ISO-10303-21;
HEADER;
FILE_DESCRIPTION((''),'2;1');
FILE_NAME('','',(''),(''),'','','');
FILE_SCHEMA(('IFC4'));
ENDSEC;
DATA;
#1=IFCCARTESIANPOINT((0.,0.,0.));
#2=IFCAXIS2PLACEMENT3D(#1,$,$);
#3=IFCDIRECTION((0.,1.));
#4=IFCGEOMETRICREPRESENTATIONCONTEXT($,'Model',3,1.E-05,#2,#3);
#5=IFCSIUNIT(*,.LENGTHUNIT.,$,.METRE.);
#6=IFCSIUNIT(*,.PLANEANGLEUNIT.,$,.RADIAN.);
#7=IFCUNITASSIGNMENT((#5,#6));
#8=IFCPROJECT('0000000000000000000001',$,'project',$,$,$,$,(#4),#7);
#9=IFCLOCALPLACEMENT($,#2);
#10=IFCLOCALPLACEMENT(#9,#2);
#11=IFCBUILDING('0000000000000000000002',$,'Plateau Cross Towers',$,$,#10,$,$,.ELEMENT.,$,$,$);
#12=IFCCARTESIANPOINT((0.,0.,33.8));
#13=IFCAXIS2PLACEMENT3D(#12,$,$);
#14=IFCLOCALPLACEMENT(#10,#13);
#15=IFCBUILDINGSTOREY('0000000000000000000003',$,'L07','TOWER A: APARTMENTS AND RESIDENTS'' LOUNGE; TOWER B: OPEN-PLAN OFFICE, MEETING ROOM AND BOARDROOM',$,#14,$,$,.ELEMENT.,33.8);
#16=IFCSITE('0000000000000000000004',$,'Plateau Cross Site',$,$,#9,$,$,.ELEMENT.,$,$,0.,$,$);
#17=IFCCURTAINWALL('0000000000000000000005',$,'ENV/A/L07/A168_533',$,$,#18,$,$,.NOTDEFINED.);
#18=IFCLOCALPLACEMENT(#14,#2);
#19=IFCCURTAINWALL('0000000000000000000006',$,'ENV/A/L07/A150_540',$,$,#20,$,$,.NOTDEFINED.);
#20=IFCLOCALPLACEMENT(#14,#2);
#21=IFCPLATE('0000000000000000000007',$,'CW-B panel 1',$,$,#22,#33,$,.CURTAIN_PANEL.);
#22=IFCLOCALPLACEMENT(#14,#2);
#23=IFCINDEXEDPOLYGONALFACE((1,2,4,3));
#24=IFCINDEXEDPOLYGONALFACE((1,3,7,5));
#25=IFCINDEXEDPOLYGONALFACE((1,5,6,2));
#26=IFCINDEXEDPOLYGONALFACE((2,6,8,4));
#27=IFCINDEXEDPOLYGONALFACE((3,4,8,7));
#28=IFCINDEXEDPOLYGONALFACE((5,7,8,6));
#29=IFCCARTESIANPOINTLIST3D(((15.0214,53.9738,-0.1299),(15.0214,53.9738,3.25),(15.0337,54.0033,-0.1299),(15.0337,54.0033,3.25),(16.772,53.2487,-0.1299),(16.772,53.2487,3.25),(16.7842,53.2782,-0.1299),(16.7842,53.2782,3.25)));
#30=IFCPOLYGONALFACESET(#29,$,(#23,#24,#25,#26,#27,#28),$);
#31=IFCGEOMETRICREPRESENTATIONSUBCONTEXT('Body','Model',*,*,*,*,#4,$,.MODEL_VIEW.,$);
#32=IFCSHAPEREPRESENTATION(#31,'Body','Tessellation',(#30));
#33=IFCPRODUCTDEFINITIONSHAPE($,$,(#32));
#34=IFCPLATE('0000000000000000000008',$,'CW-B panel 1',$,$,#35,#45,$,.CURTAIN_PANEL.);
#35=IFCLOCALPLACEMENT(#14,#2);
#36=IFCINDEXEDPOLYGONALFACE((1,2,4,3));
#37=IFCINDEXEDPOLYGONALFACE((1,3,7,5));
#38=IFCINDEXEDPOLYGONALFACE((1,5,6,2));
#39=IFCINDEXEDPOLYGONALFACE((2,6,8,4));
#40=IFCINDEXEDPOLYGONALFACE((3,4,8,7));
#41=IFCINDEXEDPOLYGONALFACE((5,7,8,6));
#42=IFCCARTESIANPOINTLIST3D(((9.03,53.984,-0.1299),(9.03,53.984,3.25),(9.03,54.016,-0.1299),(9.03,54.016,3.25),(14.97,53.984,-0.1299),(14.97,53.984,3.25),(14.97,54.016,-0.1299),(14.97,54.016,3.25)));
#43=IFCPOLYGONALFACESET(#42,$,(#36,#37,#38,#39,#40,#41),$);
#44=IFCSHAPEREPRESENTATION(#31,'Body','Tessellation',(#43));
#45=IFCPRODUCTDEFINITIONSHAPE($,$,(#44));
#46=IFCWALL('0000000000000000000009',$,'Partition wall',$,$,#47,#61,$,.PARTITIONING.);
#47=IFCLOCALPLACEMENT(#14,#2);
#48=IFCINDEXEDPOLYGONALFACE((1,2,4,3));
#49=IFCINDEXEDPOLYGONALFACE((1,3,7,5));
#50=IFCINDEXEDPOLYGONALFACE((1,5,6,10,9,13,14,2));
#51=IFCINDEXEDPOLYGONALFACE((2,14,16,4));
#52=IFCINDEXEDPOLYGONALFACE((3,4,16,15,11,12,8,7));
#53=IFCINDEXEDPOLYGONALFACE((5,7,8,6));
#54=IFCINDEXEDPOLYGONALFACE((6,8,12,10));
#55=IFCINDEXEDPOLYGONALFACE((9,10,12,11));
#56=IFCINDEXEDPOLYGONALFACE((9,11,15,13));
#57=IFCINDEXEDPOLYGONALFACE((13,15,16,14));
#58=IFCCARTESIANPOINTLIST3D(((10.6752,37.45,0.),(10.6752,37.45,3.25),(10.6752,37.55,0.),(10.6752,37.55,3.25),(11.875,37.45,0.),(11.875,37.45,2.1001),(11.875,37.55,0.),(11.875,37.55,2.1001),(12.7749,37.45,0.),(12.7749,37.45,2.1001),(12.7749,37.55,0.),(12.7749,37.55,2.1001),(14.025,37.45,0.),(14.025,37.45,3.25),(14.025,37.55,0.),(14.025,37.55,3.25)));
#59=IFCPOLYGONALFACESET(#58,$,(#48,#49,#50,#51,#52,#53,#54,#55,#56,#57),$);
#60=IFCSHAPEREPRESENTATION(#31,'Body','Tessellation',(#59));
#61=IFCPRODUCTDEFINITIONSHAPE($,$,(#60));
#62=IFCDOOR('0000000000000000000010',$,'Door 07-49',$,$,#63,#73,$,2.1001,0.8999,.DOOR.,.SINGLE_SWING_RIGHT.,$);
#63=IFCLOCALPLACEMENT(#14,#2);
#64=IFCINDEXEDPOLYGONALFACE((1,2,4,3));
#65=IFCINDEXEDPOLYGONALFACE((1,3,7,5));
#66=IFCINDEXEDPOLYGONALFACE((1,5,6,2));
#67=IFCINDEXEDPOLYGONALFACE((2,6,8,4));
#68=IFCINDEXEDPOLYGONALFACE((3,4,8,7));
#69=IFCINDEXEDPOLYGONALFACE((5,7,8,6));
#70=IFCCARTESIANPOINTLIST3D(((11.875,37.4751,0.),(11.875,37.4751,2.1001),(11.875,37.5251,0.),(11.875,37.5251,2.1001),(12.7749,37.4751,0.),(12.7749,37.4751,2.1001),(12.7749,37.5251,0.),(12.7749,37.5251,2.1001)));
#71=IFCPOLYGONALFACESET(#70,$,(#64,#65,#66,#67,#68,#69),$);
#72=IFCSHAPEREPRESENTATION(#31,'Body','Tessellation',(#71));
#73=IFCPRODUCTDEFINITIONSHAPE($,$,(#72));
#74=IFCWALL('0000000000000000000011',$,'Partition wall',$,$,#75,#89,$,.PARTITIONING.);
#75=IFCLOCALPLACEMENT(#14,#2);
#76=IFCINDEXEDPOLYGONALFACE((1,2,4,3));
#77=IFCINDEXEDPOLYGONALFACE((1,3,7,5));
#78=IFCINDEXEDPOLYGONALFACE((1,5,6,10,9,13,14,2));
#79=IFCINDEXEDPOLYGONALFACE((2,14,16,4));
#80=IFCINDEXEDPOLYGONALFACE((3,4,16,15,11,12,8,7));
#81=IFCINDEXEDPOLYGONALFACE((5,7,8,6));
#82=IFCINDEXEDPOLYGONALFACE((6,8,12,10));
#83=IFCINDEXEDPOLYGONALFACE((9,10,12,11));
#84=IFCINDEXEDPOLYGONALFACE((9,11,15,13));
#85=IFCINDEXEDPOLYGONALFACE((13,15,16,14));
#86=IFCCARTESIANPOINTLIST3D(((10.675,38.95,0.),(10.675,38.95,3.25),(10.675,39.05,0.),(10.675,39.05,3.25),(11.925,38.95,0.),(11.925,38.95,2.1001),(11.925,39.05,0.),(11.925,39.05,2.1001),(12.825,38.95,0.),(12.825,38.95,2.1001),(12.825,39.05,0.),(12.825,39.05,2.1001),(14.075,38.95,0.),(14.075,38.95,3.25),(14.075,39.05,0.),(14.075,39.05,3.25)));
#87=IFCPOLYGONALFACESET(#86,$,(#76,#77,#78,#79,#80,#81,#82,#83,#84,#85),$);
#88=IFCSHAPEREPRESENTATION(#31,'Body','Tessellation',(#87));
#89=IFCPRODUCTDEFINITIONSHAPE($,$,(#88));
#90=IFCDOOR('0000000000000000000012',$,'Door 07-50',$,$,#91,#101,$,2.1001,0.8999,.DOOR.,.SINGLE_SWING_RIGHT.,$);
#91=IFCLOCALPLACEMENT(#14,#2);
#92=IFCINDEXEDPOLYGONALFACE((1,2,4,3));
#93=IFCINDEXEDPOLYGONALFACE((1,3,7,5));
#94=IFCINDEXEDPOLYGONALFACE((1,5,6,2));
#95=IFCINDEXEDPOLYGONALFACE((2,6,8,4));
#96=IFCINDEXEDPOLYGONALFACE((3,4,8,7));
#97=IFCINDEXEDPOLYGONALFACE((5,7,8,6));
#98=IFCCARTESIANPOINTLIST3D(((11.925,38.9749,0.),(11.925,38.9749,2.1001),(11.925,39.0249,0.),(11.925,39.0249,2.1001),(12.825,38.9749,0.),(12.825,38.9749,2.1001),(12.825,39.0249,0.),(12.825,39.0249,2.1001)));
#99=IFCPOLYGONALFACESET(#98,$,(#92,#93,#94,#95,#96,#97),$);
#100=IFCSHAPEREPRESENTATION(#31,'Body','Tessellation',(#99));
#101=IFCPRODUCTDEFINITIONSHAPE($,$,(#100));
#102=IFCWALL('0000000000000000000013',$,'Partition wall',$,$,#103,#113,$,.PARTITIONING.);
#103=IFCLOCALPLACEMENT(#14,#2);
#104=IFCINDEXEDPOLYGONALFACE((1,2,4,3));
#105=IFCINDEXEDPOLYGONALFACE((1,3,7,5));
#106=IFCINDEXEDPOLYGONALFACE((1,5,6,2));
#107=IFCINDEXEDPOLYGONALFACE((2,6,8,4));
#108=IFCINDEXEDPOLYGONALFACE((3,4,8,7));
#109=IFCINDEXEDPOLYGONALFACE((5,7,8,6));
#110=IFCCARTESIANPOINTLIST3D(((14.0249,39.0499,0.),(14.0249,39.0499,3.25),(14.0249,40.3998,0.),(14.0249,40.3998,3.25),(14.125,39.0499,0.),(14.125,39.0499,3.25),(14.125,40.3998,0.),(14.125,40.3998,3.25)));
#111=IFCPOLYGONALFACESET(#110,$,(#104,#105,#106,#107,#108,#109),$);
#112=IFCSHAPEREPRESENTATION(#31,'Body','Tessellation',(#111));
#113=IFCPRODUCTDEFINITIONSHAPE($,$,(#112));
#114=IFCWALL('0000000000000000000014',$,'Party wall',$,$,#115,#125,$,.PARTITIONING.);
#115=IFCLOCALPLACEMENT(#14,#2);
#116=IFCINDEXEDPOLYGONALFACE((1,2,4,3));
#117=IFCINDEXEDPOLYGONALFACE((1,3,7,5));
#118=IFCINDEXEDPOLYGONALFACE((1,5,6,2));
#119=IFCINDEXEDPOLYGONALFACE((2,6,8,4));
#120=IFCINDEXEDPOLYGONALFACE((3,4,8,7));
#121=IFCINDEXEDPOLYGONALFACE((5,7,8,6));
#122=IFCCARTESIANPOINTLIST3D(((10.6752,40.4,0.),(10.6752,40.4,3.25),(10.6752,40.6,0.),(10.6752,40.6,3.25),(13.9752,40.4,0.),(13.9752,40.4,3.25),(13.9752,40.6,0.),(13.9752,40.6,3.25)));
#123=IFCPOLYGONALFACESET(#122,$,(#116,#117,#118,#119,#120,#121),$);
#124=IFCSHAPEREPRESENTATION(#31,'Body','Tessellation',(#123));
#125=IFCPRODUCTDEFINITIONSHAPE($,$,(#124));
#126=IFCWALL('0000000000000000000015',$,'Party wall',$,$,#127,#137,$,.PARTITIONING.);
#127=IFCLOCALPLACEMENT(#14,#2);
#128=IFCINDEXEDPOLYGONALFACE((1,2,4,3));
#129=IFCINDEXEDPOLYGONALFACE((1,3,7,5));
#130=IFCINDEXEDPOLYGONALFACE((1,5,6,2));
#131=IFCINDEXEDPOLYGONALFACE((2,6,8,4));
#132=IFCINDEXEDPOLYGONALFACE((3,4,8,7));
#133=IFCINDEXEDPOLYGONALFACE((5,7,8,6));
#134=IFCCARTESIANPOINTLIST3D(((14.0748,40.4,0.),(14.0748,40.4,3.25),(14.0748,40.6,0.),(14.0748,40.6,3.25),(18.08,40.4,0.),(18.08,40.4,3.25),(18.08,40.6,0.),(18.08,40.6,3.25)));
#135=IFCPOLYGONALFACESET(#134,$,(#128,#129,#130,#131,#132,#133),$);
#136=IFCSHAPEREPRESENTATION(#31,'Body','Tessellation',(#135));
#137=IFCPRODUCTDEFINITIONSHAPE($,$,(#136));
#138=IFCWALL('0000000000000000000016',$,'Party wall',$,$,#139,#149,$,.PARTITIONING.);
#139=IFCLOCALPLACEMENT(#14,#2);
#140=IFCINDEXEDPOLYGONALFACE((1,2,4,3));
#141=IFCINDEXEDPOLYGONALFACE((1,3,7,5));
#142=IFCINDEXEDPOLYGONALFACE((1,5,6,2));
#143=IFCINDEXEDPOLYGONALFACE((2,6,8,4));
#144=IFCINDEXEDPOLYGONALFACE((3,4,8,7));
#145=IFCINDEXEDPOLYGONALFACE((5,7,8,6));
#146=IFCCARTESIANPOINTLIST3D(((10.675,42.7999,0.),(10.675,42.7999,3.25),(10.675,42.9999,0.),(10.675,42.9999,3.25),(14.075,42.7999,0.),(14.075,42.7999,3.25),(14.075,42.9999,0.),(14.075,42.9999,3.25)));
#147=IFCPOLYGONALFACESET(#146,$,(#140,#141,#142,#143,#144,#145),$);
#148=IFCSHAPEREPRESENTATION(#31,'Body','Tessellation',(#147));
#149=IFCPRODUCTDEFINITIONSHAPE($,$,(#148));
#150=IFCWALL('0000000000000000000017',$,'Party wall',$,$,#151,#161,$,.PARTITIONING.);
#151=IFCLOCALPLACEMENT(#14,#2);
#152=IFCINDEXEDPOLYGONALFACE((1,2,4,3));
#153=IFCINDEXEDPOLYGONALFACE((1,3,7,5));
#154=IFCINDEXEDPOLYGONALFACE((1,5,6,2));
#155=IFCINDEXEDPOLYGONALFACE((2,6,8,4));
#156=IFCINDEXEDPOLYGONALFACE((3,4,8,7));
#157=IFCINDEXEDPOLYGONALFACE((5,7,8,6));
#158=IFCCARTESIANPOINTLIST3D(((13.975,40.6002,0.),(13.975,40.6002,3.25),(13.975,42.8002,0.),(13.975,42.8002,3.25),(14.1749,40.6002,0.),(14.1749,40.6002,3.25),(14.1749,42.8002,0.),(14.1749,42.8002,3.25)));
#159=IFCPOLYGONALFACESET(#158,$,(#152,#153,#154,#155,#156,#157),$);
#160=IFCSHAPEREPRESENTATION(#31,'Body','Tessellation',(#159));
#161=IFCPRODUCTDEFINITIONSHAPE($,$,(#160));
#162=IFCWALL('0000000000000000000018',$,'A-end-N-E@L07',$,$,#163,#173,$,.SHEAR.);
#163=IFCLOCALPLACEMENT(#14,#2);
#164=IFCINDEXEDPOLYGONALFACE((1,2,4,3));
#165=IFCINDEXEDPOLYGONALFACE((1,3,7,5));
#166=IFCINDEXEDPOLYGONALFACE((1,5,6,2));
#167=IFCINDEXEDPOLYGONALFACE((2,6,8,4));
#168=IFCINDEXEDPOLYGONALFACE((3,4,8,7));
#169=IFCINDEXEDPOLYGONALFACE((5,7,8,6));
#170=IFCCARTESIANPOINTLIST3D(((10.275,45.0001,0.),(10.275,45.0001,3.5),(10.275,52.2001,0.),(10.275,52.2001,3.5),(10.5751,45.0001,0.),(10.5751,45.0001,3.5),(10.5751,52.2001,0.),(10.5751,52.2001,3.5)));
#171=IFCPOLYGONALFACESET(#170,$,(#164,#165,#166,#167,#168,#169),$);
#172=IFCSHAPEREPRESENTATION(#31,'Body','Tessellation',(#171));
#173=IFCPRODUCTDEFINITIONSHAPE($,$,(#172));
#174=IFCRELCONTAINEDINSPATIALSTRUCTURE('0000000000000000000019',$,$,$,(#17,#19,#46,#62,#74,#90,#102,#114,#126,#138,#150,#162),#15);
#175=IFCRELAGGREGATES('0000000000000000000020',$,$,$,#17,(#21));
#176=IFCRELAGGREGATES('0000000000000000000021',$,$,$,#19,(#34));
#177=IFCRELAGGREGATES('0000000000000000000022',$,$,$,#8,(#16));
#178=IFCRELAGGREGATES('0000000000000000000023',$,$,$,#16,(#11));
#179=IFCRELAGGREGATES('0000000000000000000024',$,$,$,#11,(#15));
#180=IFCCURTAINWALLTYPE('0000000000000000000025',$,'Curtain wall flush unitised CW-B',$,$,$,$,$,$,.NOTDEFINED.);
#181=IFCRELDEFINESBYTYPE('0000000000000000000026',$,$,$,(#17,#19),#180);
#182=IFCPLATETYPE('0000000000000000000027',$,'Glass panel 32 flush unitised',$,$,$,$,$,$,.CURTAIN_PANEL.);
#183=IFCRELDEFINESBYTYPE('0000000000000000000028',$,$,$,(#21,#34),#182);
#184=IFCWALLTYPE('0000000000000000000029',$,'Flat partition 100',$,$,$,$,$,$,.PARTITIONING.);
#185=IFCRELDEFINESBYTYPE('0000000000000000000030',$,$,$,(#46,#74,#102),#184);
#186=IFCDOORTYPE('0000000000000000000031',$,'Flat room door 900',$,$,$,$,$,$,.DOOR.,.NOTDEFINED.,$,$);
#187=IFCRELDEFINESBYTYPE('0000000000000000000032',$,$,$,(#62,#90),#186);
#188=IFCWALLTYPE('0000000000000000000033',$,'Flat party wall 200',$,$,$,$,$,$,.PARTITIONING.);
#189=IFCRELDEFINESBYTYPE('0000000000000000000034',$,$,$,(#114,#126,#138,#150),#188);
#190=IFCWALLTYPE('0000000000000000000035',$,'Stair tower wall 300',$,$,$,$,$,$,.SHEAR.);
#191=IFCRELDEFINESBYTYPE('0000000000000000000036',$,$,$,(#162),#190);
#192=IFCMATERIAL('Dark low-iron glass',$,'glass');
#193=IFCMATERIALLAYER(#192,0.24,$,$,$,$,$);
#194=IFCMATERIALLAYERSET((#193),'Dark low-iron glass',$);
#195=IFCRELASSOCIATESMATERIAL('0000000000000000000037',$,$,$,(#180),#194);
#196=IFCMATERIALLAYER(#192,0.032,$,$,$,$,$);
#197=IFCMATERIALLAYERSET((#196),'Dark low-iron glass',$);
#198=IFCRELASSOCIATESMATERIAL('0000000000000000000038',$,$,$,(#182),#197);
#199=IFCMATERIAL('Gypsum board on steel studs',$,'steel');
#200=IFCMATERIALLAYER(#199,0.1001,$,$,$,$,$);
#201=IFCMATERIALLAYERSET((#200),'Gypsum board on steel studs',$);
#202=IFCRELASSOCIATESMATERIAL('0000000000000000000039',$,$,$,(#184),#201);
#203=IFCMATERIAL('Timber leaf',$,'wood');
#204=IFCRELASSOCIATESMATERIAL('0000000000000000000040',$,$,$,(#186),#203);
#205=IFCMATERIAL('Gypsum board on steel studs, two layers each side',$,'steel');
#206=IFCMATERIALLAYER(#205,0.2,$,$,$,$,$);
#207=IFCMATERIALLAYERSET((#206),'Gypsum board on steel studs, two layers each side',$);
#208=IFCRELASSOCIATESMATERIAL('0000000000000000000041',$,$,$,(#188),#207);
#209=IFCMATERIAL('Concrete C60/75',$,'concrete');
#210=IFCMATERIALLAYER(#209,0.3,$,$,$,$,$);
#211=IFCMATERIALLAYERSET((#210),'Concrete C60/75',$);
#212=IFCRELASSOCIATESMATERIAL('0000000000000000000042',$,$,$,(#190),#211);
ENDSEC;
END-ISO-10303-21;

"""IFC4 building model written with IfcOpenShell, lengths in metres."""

from ifc_helpers import new_model, si_unit, direction, frame, frame_2d, origin, origin_2d, place, context, subcontext, project, spatial, rectangle, extrude, material, layer, layer_set, type_object, element, fill, aggregate, save


model = new_model("IFC4")

# Units and contexts
model_context = context("Model", 3, precision=1e-05, world=origin(), true_north=direction((0.0, 1.0)))
body_context = subcontext(model_context, "Body", "Model", "MODEL_VIEW")
ifc_project = project(units=[si_unit("LENGTHUNIT", "METRE"), si_unit("PLANEANGLEUNIT", "RADIAN")], contexts=[model_context])

# Site, building, storey
site_placement = place(None, origin())
site = spatial("IfcSite", under=ifc_project, at=site_placement, Name="Plateau Cross Site", CompositionType="ELEMENT", RefElevation=0.0)
building_placement = place(site_placement, origin())
building = spatial("IfcBuilding", under=site, at=building_placement, Name="Plateau Cross Towers", CompositionType="ELEMENT")
storey_placement = place(building_placement, frame((0.0, 0.0, 33.8)))
storey = spatial("IfcBuildingStorey", under=building, at=storey_placement, Name="L07", Description="TOWER A: APARTMENTS AND RESIDENTS' LOUNGE; TOWER B: OPEN-PLAN OFFICE, MEETING ROOM AND BOARDROOM", CompositionType="ELEMENT", Elevation=33.8)

# Shared definitions
ifc_material_1 = material(Name="Concrete C60/75", Category="concrete")

# Shared definitions
ifc_material_2 = material(Name="Dark low-iron glass", Category="glass")
ifc_layer_1 = layer(ifc_material_2, 0.24)
ifc_layer_set_1 = layer_set([ifc_layer_1], Name="Dark low-iron glass")
curtain_wall_type = type_object("IfcCurtainWallType", Name="Curtain wall flush unitised CW-B", PredefinedType="NOTDEFINED", material=ifc_layer_set_1)

# Curtain wall
curtain_wall_1_placement = place(storey_placement, origin())
curtain_wall_1 = element("IfcCurtainWall", 1, at=curtain_wall_1_placement, inside=storey, type_object=curtain_wall_type, Name="ENV/A/L07/A168_533", PredefinedType="NOTDEFINED")

# Curtain wall
curtain_wall_2_placement = place(storey_placement, origin())
curtain_wall_2 = element("IfcCurtainWall", 2, at=curtain_wall_2_placement, inside=storey, type_object=curtain_wall_type, Name="ENV/A/L07/A150_540", PredefinedType="NOTDEFINED")

# Plates
ifc_layer_2 = layer(ifc_material_2, 0.032)
ifc_layer_set_2 = layer_set([ifc_layer_2], Name="Dark low-iron glass")
plate_type = type_object("IfcPlateType", Name="Glass panel 32 flush unitised", PredefinedType="CURTAIN_PANEL", material=ifc_layer_set_2)
plate_1_placement = place(storey_placement, frame((15.9028, 53.626, -0.1299), z_axis=(0.0, 0.0, 1.0), x_axis=(-0.923879, 0.382684, 0.0)))
plate_1 = element("IfcPlate", 3, at=plate_1_placement, type_object=plate_type, Name="CW-B panel 1", PredefinedType="CURTAIN_PANEL", context=body_context, shape_type="SweptSolid", body=[
    extrude(rectangle(XDim=1.8948, YDim=0.032, at=origin_2d()), origin(), (0.0, 0.0, 1.0), 3.3799),
])
aggregate(curtain_wall_1, [plate_1])
plate_2_placement = place(storey_placement, frame((12.0, 54.0, -0.1299), z_axis=(0.0, 0.0, 1.0), x_axis=(-1.0, 0.0, 0.0)))
plate_2 = element("IfcPlate", 4, at=plate_2_placement, type_object=plate_type, Name="CW-B panel 1", PredefinedType="CURTAIN_PANEL", context=body_context, shape_type="SweptSolid", body=[
    extrude(rectangle(XDim=5.9399, YDim=0.032, at=origin_2d()), origin(), (0.0, 0.0, 1.0), 3.3799),
])
aggregate(curtain_wall_2, [plate_2])

# Walls, openings, doors
ifc_material_3 = material(Name="Gypsum board on steel studs", Category="steel")
ifc_layer_3 = layer(ifc_material_3, 0.1001)
ifc_layer_set_3 = layer_set([ifc_layer_3], Name="Gypsum board on steel studs")
wall_type_1 = type_object("IfcWallType", Name="Flat partition 100", PredefinedType="PARTITIONING", material=ifc_layer_set_3)
wall_1_placement = place(storey_placement, frame((14.0249, 37.5, 0.0), z_axis=(0.0, 0.0, 1.0), x_axis=(-1.0, 0.0, 0.0)))
wall_1 = element("IfcWall", 5, at=wall_1_placement, inside=storey, type_object=wall_type_1, Name="Partition wall", PredefinedType="PARTITIONING", context=body_context, shape_type="SweptSolid", body=[
    extrude(rectangle(XDim=3.3499, YDim=0.1001, at=frame_2d((1.6748, 0.0))), origin(), (0.0, 0.0, 1.0), 3.25),
])
opening_1_placement = place(wall_1_placement, frame((1.25, 0.0, 0.0)))
opening_1 = element("IfcOpeningElement", 6, at=opening_1_placement, cuts=wall_1, PredefinedType="OPENING", context=body_context, shape_type="SweptSolid", body=[
    extrude(rectangle(XDim=0.8999, YDim=2.1001, at=frame_2d((0.45, 1.05))), frame((0.0, 0.0601, 0.0), z_axis=(0.0, -1.0, 0.0), x_axis=(1.0, 0.0, 0.0)), (0.0, 0.0, 1.0), 0.1201),
])
ifc_material_4 = material(Name="Timber leaf", Category="wood")
door_type = type_object("IfcDoorType", Name="Flat room door 900", OperationType="NOTDEFINED", PredefinedType="DOOR", material=ifc_material_4)
door_1_placement = place(opening_1_placement, origin())
door_1 = element("IfcDoor", 7, at=door_1_placement, inside=storey, type_object=door_type, Name="Door 07-49", OperationType="SINGLE_SWING_RIGHT", OverallHeight=2.1001, OverallWidth=0.8999, PredefinedType="DOOR", context=body_context, shape_type="SweptSolid", body=[
    extrude(rectangle(XDim=0.8999, YDim=2.1001, at=frame_2d((0.45, 1.05))), frame((0.0, 0.0249, 0.0), z_axis=(0.0, -1.0, 0.0), x_axis=(1.0, 0.0, 0.0)), (0.0, 0.0, 1.0), 0.05),
])
fill(opening_1, door_1)
wall_2_placement = place(storey_placement, frame((10.675, 39.0, 0.0), z_axis=(0.0, 0.0, 1.0), x_axis=(1.0, 0.0, 0.0)))
wall_2 = element("IfcWall", 8, at=wall_2_placement, inside=storey, type_object=wall_type_1, Name="Partition wall", PredefinedType="PARTITIONING", context=body_context, shape_type="SweptSolid", body=[
    extrude(rectangle(XDim=3.3999, YDim=0.1001, at=frame_2d((1.7, 0.0))), origin(), (0.0, 0.0, 1.0), 3.25),
])
opening_2_placement = place(wall_2_placement, frame((1.25, 0.0, 0.0)))
opening_2 = element("IfcOpeningElement", 9, at=opening_2_placement, cuts=wall_2, PredefinedType="OPENING", context=body_context, shape_type="SweptSolid", body=[
    extrude(rectangle(XDim=0.8999, YDim=2.1001, at=frame_2d((0.45, 1.05))), frame((0.0, 0.0601, 0.0), z_axis=(0.0, -1.0, 0.0), x_axis=(1.0, 0.0, 0.0)), (0.0, 0.0, 1.0), 0.1201),
])
door_2_placement = place(opening_2_placement, origin())
door_2 = element("IfcDoor", 10, at=door_2_placement, inside=storey, type_object=door_type, Name="Door 07-50", OperationType="SINGLE_SWING_RIGHT", OverallHeight=2.1001, OverallWidth=0.8999, PredefinedType="DOOR", context=body_context, shape_type="SweptSolid", body=[
    extrude(rectangle(XDim=0.8999, YDim=2.1001, at=frame_2d((0.45, 1.05))), frame((0.0, 0.0249, 0.0), z_axis=(0.0, -1.0, 0.0), x_axis=(1.0, 0.0, 0.0)), (0.0, 0.0, 1.0), 0.05),
])
fill(opening_2, door_2)

# Walls
wall_3_placement = place(storey_placement, frame((14.075, 39.05, 0.0), z_axis=(0.0, 0.0, 1.0), x_axis=(0.0, 1.0, 0.0)))
element("IfcWall", 11, at=wall_3_placement, inside=storey, type_object=wall_type_1, Name="Partition wall", PredefinedType="PARTITIONING", context=body_context, shape_type="SweptSolid", body=[
    extrude(rectangle(XDim=1.3499, YDim=0.1001, at=frame_2d((0.6748, 0.0))), origin(), (0.0, 0.0, 1.0), 3.25),
])
ifc_material_5 = material(Name="Gypsum board on steel studs, two layers each side", Category="steel")
ifc_layer_4 = layer(ifc_material_5, 0.2)
ifc_layer_set_4 = layer_set([ifc_layer_4], Name="Gypsum board on steel studs, two layers each side")
wall_type_2 = type_object("IfcWallType", Name="Flat party wall 200", PredefinedType="PARTITIONING", material=ifc_layer_set_4)
wall_4_placement = place(storey_placement, frame((13.9751, 40.5, 0.0), z_axis=(0.0, 0.0, 1.0), x_axis=(-1.0, 0.0, 0.0)))
element("IfcWall", 12, at=wall_4_placement, inside=storey, type_object=wall_type_2, Name="Party wall", PredefinedType="PARTITIONING", context=body_context, shape_type="SweptSolid", body=[
    extrude(rectangle(XDim=3.3, YDim=0.2, at=frame_2d((1.6499, 0.0))), origin(), (0.0, 0.0, 1.0), 3.25),
])
wall_5_placement = place(storey_placement, frame((14.075, 40.5, 0.0), z_axis=(0.0, 0.0, 1.0), x_axis=(1.0, 0.0, 0.0)))
element("IfcWall", 13, at=wall_5_placement, inside=storey, type_object=wall_type_2, Name="Party wall", PredefinedType="PARTITIONING", context=body_context, shape_type="SweptSolid", body=[
    extrude(rectangle(XDim=4.0051, YDim=0.2, at=frame_2d((2.0024, 0.0))), origin(), (0.0, 0.0, 1.0), 3.25),
])
wall_6_placement = place(storey_placement, frame((14.075, 42.8999, 0.0), z_axis=(0.0, 0.0, 1.0), x_axis=(-1.0, 0.0, 0.0)))
element("IfcWall", 14, at=wall_6_placement, inside=storey, type_object=wall_type_2, Name="Party wall", PredefinedType="PARTITIONING", context=body_context, shape_type="SweptSolid", body=[
    extrude(rectangle(XDim=3.3999, YDim=0.2, at=frame_2d((1.7, 0.0))), origin(), (0.0, 0.0, 1.0), 3.25),
])
wall_7_placement = place(storey_placement, frame((14.075, 40.6001, 0.0), z_axis=(0.0, 0.0, 1.0), x_axis=(0.0, 1.0, 0.0)))
element("IfcWall", 15, at=wall_7_placement, inside=storey, type_object=wall_type_2, Name="Party wall", PredefinedType="PARTITIONING", context=body_context, shape_type="SweptSolid", body=[
    extrude(rectangle(XDim=2.2, YDim=0.2, at=frame_2d((1.1001, 0.0))), origin(), (0.0, 0.0, 1.0), 3.25),
])
ifc_layer_5 = layer(ifc_material_1, 0.3)
ifc_layer_set_5 = layer_set([ifc_layer_5], Name="Concrete C60/75")
wall_type_3 = type_object("IfcWallType", Name="Stair tower wall 300", PredefinedType="SHEAR", material=ifc_layer_set_5)
wall_8_placement = place(storey_placement, frame((10.425, 45.0, 0.0), z_axis=(0.0, 0.0, 1.0), x_axis=(0.0, 1.0, 0.0)))
element("IfcWall", 16, at=wall_8_placement, inside=storey, type_object=wall_type_3, Name="A-end-N-E@L07", PredefinedType="SHEAR", context=body_context, shape_type="SweptSolid", body=[
    extrude(rectangle(XDim=7.2, YDim=0.3, at=frame_2d((3.6001, 0.0))), origin(), (0.0, 0.0, 1.0), 3.5),
])

save(model, "model.ifc")
